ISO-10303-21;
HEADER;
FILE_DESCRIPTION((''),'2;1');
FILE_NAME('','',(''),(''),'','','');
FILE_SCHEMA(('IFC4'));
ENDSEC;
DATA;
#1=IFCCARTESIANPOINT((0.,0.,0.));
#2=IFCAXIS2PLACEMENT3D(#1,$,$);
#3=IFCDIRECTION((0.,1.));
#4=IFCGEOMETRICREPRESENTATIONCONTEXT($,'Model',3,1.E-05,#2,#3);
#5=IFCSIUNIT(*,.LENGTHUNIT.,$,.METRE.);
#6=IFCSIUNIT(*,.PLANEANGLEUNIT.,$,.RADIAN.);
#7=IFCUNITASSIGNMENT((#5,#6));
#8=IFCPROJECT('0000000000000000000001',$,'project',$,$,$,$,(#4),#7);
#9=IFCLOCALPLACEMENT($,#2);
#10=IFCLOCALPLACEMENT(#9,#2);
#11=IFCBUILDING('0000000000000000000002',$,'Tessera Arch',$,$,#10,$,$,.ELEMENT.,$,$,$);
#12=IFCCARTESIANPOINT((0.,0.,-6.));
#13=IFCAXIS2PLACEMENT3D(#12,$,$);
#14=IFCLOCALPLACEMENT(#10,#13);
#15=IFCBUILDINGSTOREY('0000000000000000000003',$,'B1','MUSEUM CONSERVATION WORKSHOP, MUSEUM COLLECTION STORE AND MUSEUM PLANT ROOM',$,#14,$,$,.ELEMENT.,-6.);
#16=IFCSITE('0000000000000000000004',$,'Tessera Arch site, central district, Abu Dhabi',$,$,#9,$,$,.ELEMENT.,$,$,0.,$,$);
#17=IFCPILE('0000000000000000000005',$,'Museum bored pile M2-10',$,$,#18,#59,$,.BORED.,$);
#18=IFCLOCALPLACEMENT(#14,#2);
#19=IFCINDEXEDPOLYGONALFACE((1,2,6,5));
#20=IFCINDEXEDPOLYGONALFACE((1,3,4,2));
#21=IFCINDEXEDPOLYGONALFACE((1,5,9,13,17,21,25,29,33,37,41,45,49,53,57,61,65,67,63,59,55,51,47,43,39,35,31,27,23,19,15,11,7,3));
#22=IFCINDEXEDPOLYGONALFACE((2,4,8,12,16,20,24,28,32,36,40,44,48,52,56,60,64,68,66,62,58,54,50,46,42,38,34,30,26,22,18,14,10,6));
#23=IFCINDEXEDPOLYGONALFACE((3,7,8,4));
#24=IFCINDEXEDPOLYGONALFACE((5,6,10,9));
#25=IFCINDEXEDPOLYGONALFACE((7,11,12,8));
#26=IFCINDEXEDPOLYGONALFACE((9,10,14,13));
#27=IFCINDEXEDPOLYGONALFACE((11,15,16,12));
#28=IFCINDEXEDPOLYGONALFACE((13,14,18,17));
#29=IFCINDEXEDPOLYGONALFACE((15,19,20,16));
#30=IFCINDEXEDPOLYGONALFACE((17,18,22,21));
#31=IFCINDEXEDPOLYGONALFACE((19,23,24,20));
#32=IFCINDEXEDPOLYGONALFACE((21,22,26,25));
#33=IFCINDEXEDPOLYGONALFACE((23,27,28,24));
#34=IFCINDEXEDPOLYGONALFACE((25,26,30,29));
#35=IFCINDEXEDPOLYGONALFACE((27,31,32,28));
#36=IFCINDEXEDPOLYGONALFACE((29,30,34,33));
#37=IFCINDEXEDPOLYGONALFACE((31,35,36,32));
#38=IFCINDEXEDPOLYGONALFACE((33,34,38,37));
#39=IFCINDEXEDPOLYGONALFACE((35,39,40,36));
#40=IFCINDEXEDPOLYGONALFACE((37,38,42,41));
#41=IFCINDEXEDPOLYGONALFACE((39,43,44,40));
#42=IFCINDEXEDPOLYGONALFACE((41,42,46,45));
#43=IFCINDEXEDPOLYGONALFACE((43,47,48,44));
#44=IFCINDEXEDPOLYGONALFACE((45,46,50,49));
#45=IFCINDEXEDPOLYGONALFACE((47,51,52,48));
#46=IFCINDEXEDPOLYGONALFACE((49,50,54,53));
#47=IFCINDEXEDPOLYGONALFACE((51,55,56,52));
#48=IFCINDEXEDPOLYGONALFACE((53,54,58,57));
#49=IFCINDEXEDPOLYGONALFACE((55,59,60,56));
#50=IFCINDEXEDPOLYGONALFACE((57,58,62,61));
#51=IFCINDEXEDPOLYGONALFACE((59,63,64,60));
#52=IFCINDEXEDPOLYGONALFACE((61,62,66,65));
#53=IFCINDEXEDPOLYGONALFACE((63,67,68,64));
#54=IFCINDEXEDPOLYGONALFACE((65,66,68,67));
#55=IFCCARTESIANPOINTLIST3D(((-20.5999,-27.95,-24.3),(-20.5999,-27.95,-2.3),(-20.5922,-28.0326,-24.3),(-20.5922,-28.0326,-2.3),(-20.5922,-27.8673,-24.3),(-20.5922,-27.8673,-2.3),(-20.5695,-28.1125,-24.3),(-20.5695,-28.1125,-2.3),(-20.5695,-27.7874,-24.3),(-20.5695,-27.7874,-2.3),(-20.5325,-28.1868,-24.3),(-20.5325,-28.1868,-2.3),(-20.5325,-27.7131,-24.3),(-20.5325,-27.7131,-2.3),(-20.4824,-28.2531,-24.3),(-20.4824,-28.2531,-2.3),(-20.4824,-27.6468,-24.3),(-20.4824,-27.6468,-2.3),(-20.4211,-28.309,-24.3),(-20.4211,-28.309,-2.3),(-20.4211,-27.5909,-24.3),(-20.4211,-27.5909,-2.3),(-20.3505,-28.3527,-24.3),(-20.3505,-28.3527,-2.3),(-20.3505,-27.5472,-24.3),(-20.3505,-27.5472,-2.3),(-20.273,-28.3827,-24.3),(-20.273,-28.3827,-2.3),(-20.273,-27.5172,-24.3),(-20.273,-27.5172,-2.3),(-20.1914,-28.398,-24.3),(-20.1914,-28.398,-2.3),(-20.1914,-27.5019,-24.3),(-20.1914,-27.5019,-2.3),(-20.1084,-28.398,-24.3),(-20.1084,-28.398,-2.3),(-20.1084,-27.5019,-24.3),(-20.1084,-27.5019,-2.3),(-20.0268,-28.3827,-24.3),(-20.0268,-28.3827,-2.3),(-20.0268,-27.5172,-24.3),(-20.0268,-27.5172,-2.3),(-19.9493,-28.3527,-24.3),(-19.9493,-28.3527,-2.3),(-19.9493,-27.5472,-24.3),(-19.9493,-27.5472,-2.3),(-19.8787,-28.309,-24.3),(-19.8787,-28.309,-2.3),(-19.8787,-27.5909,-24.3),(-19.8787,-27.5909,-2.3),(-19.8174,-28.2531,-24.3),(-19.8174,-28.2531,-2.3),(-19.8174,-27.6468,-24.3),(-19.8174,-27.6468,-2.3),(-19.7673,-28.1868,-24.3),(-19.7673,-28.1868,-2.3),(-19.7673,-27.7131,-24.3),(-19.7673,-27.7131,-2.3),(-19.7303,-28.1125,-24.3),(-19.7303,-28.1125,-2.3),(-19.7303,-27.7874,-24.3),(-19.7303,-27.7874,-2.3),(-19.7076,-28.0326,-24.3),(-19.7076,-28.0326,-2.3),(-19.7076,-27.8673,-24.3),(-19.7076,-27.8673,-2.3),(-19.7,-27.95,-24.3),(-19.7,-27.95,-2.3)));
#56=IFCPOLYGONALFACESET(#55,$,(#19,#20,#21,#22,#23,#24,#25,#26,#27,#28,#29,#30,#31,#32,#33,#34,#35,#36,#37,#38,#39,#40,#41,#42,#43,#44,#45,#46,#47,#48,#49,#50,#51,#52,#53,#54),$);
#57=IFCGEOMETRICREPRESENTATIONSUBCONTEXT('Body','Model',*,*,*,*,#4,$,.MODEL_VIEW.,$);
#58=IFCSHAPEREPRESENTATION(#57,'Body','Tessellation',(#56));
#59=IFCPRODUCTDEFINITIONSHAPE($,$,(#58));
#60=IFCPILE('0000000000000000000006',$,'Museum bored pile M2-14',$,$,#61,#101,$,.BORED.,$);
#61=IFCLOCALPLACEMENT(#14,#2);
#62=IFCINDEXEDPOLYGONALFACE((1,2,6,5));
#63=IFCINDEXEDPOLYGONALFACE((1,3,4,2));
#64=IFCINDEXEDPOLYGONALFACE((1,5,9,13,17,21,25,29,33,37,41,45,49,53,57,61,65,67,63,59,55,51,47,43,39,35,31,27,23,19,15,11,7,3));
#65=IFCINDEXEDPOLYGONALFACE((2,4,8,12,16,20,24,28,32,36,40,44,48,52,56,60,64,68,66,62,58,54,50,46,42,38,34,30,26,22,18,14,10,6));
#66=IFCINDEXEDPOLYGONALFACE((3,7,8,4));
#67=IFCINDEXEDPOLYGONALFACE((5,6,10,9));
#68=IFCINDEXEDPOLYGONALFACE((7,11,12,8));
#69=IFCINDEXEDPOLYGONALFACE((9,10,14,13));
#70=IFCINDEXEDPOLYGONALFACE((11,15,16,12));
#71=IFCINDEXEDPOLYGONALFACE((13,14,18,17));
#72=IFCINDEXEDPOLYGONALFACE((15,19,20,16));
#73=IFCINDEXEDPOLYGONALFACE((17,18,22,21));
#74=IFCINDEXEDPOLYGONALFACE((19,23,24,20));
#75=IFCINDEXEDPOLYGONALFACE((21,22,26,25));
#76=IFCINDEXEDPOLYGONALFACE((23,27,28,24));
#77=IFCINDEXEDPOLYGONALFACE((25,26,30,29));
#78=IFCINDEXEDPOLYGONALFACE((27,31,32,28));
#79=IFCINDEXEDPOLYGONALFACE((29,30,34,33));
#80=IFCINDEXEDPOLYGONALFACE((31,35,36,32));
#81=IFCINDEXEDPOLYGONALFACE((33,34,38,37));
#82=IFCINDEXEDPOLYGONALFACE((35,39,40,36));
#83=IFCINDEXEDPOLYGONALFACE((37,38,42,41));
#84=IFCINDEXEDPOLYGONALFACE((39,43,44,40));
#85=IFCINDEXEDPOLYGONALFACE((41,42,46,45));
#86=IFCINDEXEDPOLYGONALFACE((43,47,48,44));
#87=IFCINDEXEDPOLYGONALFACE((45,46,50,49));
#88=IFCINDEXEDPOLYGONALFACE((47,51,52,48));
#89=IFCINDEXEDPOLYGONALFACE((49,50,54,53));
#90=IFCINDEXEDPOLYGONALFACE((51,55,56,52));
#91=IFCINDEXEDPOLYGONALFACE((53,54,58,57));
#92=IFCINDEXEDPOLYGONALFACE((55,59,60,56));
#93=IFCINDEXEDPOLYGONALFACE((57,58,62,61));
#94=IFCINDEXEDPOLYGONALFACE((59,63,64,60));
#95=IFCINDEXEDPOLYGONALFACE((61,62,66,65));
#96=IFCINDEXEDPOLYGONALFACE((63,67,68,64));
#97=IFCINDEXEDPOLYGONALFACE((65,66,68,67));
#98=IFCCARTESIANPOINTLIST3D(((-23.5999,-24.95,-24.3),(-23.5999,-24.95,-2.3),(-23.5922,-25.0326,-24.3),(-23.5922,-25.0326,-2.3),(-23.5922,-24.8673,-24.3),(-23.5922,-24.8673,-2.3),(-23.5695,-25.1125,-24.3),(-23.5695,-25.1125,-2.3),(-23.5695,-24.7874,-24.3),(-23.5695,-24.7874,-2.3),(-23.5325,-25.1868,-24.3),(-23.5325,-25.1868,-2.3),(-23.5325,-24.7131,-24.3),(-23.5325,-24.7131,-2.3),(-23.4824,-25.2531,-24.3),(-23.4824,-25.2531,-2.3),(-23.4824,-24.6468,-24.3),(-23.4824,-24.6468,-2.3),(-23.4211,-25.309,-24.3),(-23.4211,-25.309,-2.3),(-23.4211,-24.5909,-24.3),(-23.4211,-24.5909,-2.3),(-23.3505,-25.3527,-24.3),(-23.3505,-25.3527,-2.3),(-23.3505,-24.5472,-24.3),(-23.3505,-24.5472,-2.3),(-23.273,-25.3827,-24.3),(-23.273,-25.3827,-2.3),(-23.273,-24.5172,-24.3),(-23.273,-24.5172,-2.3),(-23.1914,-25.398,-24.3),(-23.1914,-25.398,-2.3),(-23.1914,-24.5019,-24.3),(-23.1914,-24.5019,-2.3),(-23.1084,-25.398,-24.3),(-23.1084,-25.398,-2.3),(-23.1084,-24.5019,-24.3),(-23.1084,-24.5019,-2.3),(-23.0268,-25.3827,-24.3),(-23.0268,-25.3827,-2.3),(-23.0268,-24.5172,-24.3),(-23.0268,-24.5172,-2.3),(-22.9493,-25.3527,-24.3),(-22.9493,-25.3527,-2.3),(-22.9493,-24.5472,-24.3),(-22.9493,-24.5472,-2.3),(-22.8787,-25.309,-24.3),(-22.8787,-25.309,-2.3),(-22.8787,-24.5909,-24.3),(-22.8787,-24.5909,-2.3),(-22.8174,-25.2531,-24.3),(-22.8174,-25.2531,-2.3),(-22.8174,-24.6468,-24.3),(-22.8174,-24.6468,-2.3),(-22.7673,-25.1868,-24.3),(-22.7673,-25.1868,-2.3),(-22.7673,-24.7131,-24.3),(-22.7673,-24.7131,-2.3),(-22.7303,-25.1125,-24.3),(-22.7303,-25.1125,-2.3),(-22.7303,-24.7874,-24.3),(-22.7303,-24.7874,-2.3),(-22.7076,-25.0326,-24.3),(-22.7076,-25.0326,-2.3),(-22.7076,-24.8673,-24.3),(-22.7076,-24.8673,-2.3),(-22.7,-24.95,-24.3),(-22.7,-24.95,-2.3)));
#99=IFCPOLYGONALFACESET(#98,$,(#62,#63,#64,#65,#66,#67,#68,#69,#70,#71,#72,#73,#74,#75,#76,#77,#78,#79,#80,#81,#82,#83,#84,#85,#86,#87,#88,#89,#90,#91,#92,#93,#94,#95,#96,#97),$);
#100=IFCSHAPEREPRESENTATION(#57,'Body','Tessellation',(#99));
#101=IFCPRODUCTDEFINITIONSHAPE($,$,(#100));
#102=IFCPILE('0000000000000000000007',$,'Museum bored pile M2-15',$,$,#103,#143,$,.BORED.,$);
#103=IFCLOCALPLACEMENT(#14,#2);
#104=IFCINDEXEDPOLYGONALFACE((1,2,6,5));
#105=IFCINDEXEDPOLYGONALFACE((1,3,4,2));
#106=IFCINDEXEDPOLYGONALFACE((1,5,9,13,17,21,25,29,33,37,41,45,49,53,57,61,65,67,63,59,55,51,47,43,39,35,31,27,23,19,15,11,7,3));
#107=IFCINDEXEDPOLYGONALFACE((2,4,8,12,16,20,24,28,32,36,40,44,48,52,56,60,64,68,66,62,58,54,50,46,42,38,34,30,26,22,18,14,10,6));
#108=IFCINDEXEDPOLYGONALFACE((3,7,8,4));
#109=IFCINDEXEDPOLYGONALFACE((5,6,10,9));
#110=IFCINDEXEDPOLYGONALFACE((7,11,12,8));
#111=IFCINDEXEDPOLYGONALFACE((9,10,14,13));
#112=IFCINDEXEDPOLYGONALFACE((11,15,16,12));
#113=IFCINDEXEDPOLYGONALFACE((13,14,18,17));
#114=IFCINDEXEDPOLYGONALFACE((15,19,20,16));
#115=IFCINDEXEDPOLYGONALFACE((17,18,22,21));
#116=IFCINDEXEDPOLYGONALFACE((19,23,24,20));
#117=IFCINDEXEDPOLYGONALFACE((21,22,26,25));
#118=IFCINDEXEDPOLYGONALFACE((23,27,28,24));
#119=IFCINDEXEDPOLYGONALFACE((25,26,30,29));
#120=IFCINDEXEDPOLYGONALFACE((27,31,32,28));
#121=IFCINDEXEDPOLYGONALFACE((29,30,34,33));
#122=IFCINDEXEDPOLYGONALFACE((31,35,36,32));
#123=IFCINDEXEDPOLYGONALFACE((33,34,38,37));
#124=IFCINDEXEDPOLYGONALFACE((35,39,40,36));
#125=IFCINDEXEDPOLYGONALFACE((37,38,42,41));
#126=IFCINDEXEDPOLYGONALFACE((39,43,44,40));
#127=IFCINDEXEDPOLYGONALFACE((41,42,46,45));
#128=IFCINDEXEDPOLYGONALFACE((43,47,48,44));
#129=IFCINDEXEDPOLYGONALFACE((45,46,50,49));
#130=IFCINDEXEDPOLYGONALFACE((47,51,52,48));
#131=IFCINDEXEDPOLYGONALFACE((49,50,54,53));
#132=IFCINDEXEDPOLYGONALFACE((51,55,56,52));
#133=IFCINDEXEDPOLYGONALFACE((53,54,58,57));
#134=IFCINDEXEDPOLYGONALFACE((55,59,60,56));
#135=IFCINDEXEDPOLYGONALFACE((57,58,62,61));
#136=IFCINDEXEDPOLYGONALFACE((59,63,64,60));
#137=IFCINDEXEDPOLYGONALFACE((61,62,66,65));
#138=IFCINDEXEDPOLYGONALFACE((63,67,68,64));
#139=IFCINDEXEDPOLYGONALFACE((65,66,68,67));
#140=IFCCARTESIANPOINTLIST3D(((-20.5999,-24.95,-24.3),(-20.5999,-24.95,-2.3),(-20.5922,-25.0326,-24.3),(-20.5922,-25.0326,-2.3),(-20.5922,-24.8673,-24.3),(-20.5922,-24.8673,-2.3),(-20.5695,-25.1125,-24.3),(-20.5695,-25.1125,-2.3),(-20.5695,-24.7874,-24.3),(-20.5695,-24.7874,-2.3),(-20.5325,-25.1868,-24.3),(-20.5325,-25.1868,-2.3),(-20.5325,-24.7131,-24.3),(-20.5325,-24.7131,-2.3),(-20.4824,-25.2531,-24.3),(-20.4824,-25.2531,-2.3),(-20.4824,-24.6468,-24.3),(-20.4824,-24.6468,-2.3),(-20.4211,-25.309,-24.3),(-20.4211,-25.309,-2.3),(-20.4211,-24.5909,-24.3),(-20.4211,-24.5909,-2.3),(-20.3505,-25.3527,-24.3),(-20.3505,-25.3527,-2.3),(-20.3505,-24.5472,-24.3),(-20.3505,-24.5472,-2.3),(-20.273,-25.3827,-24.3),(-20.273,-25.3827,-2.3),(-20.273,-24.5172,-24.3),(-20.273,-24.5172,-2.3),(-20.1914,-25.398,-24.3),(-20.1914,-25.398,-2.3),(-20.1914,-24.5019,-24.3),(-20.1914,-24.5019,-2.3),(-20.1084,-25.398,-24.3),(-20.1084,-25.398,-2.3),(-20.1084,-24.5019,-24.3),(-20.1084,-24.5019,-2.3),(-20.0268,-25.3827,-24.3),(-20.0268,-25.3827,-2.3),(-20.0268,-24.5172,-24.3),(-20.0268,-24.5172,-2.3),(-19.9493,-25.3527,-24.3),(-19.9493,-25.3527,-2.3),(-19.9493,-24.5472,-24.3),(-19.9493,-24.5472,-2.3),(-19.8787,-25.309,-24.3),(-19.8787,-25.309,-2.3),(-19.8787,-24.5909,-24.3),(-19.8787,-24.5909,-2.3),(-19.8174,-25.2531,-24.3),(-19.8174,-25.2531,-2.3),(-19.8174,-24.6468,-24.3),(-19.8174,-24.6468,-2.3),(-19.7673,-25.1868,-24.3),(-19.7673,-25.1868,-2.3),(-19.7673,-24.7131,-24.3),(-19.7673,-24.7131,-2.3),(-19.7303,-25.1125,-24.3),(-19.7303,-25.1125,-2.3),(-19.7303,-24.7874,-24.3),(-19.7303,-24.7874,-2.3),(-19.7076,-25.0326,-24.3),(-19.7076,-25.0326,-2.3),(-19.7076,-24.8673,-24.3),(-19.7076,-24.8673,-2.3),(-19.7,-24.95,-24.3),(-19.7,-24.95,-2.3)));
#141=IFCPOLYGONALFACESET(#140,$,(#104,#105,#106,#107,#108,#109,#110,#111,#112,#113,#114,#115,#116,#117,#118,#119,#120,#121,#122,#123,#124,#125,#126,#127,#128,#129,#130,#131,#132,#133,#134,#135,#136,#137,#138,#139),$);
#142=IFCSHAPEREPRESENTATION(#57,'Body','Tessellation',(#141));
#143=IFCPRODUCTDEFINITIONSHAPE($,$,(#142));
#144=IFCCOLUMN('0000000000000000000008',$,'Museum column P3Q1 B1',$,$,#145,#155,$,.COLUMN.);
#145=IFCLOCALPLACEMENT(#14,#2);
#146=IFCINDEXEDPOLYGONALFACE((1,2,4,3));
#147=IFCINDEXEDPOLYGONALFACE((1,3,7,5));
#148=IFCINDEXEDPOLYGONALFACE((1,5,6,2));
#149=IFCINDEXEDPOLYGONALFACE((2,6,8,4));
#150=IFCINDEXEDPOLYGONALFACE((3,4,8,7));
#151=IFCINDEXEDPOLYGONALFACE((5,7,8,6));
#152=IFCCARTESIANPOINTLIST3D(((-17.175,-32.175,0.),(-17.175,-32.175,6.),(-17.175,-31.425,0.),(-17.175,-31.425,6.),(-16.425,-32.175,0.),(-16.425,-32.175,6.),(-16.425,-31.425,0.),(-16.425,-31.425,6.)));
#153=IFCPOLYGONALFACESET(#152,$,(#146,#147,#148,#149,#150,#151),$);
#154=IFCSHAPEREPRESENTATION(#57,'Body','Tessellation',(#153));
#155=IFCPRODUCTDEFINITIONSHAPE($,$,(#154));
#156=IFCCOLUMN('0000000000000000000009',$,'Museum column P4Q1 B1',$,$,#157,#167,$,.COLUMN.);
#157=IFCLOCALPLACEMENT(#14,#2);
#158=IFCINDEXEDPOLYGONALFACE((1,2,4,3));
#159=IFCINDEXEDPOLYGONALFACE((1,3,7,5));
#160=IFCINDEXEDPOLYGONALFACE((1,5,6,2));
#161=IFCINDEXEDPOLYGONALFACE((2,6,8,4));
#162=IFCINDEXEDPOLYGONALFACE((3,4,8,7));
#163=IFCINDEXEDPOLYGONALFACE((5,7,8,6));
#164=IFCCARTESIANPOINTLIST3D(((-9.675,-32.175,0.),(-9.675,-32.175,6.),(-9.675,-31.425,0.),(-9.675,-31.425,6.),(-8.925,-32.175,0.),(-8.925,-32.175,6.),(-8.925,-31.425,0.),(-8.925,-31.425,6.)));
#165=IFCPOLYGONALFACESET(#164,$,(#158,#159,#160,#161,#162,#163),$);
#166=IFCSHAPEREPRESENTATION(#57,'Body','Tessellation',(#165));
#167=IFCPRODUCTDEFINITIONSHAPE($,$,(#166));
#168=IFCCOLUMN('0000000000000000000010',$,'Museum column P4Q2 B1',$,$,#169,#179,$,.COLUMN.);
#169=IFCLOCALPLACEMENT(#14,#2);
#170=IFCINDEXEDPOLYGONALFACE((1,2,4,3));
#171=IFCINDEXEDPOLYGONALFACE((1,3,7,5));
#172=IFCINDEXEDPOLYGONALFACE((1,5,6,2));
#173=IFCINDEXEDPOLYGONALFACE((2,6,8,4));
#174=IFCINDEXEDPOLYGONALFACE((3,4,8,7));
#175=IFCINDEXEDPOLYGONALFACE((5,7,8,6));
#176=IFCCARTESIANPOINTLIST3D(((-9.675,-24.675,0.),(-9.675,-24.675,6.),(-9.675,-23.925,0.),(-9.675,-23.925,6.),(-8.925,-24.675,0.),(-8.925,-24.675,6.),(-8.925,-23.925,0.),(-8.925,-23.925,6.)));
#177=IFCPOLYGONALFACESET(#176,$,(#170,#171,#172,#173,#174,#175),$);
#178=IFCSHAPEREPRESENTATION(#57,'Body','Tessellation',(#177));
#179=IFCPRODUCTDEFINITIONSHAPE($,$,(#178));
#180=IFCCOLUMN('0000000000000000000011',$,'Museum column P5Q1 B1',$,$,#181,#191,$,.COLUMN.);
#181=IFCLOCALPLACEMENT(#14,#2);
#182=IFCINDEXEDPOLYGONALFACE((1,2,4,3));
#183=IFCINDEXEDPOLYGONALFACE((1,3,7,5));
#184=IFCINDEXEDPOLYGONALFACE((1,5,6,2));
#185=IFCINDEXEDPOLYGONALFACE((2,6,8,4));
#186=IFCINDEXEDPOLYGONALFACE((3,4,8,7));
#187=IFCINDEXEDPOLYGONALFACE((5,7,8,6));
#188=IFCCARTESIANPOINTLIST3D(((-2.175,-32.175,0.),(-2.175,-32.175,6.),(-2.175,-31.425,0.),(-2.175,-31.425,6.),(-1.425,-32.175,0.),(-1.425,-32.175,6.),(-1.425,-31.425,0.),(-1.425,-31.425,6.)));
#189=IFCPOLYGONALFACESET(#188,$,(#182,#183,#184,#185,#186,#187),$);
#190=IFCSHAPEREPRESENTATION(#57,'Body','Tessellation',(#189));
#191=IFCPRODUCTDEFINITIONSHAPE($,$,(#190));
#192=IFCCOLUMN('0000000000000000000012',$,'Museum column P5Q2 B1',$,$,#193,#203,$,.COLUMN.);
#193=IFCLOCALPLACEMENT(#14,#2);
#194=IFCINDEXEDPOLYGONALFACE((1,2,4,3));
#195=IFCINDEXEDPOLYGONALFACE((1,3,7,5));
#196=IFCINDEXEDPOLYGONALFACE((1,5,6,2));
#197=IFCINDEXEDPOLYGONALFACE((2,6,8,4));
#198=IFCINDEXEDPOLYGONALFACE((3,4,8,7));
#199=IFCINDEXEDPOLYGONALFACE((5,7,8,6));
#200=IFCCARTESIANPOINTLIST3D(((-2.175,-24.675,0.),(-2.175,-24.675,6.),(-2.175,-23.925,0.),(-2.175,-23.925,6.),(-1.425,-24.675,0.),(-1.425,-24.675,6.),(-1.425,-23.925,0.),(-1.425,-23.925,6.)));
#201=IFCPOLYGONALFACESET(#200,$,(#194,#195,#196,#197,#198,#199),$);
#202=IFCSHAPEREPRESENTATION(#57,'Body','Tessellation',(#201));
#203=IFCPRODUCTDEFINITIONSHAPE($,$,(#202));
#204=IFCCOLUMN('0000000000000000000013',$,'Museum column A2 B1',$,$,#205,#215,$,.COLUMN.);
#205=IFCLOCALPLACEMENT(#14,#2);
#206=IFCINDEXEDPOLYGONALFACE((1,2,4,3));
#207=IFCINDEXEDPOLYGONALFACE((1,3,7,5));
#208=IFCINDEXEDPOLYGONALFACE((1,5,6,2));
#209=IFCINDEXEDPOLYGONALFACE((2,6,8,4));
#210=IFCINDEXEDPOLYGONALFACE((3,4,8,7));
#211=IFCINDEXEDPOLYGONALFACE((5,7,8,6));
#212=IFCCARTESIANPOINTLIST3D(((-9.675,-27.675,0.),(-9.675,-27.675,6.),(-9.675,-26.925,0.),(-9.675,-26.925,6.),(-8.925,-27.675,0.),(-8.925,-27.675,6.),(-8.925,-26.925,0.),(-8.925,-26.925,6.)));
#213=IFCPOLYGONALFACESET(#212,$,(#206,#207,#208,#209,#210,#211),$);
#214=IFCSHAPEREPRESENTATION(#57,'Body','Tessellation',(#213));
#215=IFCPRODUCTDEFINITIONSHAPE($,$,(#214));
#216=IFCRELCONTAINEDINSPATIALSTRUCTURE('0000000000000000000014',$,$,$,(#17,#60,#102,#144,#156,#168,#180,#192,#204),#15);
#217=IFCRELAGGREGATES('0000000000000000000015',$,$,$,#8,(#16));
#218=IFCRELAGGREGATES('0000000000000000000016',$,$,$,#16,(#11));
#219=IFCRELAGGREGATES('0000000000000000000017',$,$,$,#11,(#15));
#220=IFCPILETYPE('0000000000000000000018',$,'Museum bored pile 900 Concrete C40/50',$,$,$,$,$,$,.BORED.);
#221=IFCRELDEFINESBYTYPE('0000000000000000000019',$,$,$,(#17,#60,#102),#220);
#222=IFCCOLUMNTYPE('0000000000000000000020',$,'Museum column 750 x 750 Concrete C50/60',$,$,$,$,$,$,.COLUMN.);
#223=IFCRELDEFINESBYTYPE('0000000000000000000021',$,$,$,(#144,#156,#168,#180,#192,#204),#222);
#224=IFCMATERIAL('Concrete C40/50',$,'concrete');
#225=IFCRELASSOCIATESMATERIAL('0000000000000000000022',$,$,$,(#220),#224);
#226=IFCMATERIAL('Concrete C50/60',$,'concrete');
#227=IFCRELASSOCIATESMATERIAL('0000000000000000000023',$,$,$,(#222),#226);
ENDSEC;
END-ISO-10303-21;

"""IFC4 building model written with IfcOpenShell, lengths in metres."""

from ifc_helpers import new_model, si_unit, direction, frame, origin, origin_2d, place, context, subcontext, project, spatial, rectangle, circle, extrude, material, material_profile, profile_set, type_object, element, save


model = new_model("IFC4")

# Units and contexts
model_context = context("Model", 3, precision=1e-05, world=origin(), true_north=direction((0.0, 1.0)))
body_context = subcontext(model_context, "Body", "Model", "MODEL_VIEW")
ifc_project = project(units=[si_unit("LENGTHUNIT", "METRE"), si_unit("PLANEANGLEUNIT", "RADIAN")], contexts=[model_context])

# Site, building, storey
site_placement = place(None, origin())
site = spatial("IfcSite", under=ifc_project, at=site_placement, Name="Tessera Arch site, central district, Abu Dhabi", CompositionType="ELEMENT", RefElevation=0.0)
building_placement = place(site_placement, origin())
building = spatial("IfcBuilding", under=site, at=building_placement, Name="Tessera Arch", CompositionType="ELEMENT")
storey_placement = place(building_placement, frame((0.0, 0.0, -6.0)))
storey = spatial("IfcBuildingStorey", under=building, at=storey_placement, Name="B1", Description="MUSEUM CONSERVATION WORKSHOP, MUSEUM COLLECTION STORE AND MUSEUM PLANT ROOM", CompositionType="ELEMENT", Elevation=-6.0)

# Piles
ifc_material_1 = material(Name="Concrete C40/50", Category="concrete")
pile_type = type_object("IfcPileType", Name="Museum bored pile 900 Concrete C40/50", PredefinedType="BORED", material=ifc_material_1)
for number, where, z_axis, x_axis, name in (
    (1, (-20.1499, -27.95, -2.3), (0.0, 0.0, -1.0), (1.0, 0.0, 0.0), "Museum bored pile M2-10"),
    (2, (-23.1499, -24.95, -2.3), (0.0, 0.0, -1.0), (1.0, 0.0, 0.0), "Museum bored pile M2-14"),
    (3, (-20.1499, -24.95, -2.3), (0.0, 0.0, -1.0), (1.0, 0.0, 0.0), "Museum bored pile M2-15"),
):
    element("IfcPile", number, at=place(storey_placement, frame(where, z_axis=z_axis, x_axis=x_axis)), inside=storey, type_object=pile_type, Name=name, PredefinedType="BORED", context=body_context, shape_type="SweptSolid", body=[
        extrude(circle(Radius=0.45, at=origin_2d()), origin(), (0.0, 0.0, 1.0), 22.0),
    ])

# Columns
ifc_material_2 = material(Name="Concrete C50/60", Category="concrete")
ifc_material_profile_1 = material_profile(ifc_material_2, rectangle(XDim=0.75, YDim=0.75, at=origin_2d()), Name="Museum column 750 x 750 Concrete C50/60")
ifc_profile_set_1 = profile_set([ifc_material_profile_1], Name="Concrete C50/60")
column_type = type_object("IfcColumnType", Name="Museum column 750 x 750 Concrete C50/60", PredefinedType="COLUMN", material=ifc_profile_set_1)
for number, where, z_axis, x_axis, name in (
    (4, (-16.8, -31.8, 0.0), (0.0, 0.0, 1.0), (1.0, 0.0, 0.0), "Museum column P3Q1 B1"),
    (5, (-9.3, -31.8, 0.0), (0.0, 0.0, 1.0), (1.0, 0.0, 0.0), "Museum column P4Q1 B1"),
    (6, (-9.3, -24.3, 0.0), (0.0, 0.0, 1.0), (1.0, 0.0, 0.0), "Museum column P4Q2 B1"),
    (7, (-1.8, -31.8, 0.0), (0.0, 0.0, 1.0), (1.0, 0.0, 0.0), "Museum column P5Q1 B1"),
    (8, (-1.8, -24.3, 0.0), (0.0, 0.0, 1.0), (1.0, 0.0, 0.0), "Museum column P5Q2 B1"),
    (9, (-9.3, -27.3, 0.0), (0.0, 0.0, 1.0), (1.0, 0.0, 0.0), "Museum column A2 B1"),
):
    element("IfcColumn", number, at=place(storey_placement, frame(where, z_axis=z_axis, x_axis=x_axis)), inside=storey, type_object=column_type, Name=name, PredefinedType="COLUMN", context=body_context, shape_type="SweptSolid", body=[
        extrude(rectangle(XDim=0.75, YDim=0.75, at=origin_2d()), origin(), (0.0, 0.0, 1.0), 6.0),
    ])

save(model, "model.ifc")
